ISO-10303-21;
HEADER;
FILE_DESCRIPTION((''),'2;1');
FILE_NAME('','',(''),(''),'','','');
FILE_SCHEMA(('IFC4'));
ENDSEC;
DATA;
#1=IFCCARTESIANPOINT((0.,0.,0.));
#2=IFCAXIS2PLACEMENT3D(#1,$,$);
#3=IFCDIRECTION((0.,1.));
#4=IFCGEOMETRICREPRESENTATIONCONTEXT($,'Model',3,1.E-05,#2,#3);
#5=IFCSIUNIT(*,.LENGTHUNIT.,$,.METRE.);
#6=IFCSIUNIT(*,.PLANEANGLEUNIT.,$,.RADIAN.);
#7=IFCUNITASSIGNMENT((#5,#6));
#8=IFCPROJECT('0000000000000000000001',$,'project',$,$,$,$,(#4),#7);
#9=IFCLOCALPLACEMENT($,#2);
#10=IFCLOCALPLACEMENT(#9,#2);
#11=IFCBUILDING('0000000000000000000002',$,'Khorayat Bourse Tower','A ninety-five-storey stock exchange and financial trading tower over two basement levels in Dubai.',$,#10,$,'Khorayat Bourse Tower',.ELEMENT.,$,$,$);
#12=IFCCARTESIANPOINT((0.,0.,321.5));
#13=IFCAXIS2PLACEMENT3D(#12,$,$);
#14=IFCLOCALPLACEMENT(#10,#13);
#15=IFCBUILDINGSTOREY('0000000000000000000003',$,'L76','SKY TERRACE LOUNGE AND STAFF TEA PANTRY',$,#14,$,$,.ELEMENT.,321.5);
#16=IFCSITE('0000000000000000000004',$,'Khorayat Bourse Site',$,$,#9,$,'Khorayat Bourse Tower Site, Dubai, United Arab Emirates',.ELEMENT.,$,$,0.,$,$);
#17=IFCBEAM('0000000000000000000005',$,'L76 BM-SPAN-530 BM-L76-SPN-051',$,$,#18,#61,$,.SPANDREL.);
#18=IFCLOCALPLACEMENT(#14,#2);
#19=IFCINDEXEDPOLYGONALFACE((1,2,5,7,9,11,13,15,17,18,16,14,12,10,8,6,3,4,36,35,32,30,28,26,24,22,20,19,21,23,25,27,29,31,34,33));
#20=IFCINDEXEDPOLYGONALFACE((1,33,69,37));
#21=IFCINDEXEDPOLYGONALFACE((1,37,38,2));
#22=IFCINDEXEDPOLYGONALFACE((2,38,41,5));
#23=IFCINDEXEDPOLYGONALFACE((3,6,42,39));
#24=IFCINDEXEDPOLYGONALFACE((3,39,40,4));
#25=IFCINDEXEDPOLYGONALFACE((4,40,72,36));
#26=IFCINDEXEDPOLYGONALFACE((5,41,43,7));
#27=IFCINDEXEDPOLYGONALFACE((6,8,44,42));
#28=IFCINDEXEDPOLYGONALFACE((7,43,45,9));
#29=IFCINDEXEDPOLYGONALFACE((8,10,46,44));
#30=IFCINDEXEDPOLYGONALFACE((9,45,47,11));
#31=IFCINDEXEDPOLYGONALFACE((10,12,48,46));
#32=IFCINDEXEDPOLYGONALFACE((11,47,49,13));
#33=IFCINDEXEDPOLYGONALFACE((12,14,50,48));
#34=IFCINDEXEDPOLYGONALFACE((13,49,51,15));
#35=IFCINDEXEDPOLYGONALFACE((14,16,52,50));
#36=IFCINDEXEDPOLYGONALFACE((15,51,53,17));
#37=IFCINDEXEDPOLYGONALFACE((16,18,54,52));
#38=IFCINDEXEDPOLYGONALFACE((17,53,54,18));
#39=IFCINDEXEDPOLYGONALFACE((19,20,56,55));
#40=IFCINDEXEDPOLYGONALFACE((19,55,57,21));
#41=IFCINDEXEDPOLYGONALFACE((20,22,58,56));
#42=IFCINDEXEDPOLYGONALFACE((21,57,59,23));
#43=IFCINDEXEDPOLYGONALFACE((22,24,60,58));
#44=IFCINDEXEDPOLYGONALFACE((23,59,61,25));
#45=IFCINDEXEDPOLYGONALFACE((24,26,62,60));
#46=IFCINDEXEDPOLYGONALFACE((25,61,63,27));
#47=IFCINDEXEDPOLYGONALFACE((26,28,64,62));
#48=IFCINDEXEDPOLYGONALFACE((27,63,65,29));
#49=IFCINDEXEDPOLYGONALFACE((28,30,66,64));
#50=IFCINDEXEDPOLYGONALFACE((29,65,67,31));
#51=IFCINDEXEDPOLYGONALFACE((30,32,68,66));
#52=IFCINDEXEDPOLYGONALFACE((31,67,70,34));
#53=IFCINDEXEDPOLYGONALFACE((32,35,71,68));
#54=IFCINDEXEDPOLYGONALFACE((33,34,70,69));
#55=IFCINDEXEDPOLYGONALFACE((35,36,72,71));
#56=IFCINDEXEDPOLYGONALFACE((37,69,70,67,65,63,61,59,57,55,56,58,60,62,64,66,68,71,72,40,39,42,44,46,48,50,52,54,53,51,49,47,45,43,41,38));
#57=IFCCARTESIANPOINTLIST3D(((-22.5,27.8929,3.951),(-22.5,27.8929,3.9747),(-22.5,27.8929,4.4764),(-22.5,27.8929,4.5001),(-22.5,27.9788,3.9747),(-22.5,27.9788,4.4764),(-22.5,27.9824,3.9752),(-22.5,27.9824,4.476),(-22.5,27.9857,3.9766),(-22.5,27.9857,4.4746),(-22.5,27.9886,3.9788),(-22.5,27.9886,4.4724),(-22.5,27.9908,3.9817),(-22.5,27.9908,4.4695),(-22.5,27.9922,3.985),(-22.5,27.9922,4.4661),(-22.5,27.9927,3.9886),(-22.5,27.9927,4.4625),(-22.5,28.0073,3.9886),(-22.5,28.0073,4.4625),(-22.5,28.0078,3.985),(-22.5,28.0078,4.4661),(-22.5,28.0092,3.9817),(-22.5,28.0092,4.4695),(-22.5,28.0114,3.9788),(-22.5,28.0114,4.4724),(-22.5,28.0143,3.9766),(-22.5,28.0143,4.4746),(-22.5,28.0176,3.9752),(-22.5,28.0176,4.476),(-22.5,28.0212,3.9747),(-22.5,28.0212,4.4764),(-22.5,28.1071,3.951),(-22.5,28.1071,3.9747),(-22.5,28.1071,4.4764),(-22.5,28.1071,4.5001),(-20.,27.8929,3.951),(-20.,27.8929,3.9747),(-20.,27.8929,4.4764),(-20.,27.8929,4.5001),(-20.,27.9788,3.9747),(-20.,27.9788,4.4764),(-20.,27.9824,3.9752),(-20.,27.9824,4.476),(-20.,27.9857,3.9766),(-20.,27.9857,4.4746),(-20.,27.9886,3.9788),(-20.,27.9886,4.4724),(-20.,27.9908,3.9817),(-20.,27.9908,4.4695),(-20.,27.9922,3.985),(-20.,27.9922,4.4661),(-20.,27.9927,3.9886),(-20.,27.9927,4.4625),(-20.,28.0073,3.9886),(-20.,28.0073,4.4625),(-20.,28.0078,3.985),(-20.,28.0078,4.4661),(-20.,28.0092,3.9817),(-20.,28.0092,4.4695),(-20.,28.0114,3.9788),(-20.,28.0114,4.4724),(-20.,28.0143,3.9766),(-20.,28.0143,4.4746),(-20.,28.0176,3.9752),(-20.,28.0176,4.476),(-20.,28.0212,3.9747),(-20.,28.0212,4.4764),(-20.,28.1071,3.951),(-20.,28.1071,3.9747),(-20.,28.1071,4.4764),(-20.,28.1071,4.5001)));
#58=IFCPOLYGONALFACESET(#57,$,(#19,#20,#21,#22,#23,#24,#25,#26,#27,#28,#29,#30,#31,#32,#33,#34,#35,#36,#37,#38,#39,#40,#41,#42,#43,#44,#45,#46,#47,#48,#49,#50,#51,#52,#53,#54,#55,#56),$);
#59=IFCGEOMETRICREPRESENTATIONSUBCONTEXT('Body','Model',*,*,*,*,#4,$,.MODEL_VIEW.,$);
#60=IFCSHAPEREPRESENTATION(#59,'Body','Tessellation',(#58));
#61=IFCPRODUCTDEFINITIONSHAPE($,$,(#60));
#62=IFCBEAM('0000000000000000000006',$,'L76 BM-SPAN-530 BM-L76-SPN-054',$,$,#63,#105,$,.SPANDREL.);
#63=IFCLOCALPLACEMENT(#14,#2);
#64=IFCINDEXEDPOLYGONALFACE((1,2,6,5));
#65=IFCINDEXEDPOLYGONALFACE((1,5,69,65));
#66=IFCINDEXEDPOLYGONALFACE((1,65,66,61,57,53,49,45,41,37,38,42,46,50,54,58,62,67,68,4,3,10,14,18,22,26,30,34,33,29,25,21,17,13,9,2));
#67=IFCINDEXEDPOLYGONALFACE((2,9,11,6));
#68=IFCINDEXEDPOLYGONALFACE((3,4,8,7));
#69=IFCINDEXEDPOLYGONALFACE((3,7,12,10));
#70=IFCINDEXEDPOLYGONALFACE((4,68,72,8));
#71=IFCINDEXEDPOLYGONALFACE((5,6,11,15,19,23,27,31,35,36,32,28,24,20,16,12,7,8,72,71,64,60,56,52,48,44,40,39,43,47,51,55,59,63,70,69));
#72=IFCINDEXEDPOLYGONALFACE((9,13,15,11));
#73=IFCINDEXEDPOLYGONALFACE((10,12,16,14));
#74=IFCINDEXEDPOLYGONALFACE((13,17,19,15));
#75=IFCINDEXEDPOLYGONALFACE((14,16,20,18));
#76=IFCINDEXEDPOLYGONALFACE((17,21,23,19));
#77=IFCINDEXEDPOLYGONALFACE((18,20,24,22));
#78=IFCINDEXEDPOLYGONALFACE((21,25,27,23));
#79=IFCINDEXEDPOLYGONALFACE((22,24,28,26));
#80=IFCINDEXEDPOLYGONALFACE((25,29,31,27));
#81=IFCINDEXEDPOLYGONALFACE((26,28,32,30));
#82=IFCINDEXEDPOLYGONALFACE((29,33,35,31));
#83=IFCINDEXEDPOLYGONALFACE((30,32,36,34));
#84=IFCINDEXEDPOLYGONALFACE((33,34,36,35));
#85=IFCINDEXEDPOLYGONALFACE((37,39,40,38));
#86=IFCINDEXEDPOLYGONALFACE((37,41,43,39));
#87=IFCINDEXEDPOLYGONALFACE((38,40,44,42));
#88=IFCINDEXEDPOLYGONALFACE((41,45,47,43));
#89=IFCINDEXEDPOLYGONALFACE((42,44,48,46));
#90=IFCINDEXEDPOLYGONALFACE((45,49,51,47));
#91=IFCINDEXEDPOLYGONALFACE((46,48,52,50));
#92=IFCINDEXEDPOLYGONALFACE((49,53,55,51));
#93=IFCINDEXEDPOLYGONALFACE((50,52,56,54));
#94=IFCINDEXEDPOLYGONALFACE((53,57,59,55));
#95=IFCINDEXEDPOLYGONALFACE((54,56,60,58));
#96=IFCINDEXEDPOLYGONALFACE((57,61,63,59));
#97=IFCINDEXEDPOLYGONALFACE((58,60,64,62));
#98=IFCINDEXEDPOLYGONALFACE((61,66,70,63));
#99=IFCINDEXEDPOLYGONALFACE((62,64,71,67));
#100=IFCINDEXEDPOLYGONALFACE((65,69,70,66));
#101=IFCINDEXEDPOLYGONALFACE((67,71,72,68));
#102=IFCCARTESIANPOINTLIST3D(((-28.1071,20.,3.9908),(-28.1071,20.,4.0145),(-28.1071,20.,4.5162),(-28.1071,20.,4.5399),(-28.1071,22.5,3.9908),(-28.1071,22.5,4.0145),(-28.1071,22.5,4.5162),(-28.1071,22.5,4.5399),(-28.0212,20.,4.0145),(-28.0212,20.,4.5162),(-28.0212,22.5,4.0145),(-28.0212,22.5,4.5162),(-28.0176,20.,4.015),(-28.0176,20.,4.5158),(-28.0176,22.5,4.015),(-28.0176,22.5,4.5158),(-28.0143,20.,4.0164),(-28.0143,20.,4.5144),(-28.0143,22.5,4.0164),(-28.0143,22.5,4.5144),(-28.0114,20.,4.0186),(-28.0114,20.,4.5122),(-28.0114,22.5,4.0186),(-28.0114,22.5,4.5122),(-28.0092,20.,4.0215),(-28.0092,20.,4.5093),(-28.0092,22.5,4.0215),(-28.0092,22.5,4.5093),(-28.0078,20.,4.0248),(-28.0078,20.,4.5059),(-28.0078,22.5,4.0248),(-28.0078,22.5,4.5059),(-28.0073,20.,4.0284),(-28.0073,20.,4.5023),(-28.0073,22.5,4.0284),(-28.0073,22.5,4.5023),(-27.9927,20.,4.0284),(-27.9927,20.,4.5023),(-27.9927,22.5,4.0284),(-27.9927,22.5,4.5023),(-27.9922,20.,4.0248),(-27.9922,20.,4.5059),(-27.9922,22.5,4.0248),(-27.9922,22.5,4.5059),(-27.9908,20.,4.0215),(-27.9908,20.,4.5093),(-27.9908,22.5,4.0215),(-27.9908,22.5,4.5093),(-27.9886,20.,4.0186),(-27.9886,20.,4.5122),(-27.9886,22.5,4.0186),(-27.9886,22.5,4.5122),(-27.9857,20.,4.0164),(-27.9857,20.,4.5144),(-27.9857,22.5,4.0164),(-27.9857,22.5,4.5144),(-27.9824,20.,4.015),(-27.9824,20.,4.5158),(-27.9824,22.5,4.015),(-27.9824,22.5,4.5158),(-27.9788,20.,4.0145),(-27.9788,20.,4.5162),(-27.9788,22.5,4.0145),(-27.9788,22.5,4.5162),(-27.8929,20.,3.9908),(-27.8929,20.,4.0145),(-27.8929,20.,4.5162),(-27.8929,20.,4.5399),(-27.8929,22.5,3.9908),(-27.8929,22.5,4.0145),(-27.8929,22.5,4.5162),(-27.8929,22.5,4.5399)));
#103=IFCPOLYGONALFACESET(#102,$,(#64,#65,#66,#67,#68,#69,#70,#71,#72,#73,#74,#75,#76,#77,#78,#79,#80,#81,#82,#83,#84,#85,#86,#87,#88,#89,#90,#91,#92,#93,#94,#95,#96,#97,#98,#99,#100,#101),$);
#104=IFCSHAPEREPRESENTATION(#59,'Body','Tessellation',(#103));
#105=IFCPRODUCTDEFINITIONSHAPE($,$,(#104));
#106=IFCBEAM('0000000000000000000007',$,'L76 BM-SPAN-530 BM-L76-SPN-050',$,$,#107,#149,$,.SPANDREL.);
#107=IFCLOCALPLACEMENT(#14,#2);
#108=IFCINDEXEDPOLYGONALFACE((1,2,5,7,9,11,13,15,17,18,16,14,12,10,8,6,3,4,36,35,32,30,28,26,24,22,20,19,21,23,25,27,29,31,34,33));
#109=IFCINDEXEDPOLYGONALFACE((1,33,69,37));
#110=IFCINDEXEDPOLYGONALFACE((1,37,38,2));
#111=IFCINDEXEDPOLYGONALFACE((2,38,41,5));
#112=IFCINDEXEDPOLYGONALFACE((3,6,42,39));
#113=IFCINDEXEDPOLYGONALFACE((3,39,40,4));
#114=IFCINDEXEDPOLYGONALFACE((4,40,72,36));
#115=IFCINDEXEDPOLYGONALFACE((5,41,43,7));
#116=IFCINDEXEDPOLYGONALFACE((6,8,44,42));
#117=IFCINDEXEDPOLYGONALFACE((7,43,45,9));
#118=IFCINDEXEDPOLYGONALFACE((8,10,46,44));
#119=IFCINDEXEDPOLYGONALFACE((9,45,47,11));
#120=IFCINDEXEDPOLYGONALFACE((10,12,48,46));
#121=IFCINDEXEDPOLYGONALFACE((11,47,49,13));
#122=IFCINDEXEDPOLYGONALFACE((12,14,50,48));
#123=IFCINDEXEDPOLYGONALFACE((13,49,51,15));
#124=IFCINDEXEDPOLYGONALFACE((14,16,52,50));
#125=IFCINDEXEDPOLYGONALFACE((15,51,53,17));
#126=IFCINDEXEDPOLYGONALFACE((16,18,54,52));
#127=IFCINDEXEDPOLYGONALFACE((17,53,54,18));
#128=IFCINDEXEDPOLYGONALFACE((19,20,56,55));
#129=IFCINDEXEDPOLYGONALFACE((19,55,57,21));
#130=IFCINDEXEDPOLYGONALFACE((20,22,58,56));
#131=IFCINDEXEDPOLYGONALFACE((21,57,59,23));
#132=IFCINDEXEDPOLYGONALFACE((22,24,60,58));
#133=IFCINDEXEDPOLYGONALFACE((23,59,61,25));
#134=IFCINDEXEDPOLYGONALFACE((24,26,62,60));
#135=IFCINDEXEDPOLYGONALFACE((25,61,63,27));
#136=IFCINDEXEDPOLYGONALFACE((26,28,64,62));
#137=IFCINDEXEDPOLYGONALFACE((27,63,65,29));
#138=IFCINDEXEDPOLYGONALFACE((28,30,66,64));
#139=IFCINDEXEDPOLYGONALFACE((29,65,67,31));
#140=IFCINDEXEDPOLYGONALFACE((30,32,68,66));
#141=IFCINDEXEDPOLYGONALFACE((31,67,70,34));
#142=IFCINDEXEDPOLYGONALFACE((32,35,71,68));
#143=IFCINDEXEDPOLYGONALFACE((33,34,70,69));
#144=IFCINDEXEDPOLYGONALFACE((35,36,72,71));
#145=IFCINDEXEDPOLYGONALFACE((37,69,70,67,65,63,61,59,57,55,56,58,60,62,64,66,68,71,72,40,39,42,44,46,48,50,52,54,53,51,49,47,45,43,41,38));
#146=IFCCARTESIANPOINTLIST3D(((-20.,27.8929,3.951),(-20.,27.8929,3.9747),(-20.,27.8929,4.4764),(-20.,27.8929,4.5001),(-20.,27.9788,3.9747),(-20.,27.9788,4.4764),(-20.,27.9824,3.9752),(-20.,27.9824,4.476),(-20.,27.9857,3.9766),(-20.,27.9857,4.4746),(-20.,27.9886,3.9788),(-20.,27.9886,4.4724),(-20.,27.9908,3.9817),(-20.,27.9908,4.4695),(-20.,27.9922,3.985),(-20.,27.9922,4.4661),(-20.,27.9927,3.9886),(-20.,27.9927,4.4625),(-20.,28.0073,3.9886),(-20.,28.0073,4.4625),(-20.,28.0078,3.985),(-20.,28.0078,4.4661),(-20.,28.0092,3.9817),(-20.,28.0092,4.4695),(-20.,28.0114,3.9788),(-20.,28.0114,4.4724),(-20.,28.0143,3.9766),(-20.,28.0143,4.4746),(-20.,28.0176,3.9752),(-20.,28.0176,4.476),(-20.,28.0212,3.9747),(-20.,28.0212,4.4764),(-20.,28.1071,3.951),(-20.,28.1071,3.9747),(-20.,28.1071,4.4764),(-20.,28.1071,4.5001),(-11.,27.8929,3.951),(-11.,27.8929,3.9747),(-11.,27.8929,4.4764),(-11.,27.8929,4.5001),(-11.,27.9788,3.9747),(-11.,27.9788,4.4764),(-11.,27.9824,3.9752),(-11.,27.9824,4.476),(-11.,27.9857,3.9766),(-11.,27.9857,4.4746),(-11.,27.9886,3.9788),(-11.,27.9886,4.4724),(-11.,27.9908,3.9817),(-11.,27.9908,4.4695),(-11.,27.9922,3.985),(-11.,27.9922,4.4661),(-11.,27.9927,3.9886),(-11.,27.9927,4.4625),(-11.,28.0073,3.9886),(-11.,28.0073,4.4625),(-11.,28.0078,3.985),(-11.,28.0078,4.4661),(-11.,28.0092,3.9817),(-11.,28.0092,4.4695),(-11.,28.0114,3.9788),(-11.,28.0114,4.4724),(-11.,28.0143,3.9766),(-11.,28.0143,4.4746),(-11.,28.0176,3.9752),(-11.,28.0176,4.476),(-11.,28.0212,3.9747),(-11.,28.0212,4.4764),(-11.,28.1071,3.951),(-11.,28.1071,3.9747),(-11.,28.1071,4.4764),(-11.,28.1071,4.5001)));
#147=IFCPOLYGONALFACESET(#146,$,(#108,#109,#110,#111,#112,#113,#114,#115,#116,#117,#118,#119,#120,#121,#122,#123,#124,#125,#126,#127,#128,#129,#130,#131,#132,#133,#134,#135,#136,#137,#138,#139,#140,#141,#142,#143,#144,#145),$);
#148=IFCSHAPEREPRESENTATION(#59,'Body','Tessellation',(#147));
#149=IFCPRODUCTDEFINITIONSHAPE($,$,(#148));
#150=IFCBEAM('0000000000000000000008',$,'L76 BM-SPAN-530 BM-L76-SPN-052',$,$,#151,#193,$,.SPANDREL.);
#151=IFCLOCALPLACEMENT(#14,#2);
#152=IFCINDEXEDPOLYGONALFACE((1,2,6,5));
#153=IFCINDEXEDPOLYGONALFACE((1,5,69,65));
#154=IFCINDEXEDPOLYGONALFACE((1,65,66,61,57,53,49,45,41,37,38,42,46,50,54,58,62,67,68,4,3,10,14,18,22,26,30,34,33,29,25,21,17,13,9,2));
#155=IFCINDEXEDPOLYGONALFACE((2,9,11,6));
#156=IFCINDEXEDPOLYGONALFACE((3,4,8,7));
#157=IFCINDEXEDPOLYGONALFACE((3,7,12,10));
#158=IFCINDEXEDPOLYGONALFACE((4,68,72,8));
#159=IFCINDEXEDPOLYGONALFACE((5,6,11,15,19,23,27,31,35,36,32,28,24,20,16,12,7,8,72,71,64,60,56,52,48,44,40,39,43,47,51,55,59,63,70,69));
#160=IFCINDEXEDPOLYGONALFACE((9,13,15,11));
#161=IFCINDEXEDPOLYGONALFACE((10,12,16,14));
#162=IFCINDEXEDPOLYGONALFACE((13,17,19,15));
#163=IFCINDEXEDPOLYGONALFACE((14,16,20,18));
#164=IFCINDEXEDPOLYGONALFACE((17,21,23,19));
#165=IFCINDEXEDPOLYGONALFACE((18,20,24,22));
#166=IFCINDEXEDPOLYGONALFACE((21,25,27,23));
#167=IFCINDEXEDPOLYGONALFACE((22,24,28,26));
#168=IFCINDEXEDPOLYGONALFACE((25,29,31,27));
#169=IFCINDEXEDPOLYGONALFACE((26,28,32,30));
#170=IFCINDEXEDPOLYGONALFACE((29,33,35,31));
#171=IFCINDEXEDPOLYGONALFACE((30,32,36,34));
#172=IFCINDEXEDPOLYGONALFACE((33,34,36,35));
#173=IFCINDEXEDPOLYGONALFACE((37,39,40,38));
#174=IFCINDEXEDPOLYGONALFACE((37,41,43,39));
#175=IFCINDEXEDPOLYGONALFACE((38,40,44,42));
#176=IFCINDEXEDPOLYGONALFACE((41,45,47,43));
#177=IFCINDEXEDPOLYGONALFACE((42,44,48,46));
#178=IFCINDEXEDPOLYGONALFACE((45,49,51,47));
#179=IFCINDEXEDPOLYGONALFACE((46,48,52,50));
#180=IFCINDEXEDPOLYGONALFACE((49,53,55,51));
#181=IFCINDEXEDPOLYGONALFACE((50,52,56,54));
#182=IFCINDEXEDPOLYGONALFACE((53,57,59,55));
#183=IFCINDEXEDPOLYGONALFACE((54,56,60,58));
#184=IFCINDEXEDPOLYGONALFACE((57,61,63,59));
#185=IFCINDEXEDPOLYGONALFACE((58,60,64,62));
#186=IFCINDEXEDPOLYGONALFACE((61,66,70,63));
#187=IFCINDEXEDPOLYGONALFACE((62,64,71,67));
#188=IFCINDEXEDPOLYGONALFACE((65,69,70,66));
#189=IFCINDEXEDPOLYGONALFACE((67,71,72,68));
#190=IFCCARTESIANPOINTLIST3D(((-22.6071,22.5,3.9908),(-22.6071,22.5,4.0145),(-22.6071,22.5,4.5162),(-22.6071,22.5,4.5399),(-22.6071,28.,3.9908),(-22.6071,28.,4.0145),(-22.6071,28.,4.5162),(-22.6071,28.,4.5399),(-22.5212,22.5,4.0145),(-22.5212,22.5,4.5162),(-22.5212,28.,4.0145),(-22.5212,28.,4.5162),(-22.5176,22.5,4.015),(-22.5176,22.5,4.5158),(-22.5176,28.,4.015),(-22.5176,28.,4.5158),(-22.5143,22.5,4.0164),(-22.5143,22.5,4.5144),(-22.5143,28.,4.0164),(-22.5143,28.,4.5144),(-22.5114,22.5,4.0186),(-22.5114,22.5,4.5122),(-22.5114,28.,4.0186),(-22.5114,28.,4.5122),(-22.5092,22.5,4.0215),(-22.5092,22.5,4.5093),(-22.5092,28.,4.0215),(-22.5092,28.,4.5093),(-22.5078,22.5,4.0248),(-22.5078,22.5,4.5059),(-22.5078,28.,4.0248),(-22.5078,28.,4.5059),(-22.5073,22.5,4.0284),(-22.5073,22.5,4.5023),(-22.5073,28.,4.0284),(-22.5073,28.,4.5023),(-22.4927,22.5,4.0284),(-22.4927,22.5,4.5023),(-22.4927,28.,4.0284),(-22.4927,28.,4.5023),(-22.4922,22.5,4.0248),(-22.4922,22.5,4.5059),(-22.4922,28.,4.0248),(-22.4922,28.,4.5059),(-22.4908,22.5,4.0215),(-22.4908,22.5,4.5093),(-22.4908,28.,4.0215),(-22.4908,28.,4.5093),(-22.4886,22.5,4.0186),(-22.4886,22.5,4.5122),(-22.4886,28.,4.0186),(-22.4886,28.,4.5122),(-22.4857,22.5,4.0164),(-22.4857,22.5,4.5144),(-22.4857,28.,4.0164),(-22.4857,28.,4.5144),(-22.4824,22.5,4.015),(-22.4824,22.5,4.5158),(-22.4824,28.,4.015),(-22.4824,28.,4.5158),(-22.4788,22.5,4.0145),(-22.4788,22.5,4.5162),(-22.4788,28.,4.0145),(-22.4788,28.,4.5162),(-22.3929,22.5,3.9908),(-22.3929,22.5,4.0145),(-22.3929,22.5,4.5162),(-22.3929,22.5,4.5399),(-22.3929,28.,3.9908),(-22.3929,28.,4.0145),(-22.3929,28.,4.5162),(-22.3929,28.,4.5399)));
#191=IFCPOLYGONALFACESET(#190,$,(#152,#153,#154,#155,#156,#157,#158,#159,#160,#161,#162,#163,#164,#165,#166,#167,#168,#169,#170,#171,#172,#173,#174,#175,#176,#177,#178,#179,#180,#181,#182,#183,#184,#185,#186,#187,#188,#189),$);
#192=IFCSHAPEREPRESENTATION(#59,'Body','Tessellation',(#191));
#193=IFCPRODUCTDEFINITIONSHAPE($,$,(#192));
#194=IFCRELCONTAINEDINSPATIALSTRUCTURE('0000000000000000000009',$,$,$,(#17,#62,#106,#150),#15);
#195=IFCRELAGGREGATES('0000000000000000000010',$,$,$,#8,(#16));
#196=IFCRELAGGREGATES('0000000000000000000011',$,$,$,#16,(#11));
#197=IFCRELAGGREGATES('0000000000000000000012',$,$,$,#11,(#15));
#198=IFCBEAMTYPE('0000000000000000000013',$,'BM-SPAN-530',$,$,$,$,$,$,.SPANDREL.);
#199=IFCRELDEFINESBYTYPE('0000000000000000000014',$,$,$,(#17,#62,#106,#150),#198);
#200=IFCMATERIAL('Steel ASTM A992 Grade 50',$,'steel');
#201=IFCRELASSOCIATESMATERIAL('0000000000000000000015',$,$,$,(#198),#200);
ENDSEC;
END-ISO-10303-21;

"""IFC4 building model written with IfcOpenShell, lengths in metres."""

from ifc_helpers import new_model, si_unit, direction, frame, origin, origin_2d, place, context, subcontext, project, spatial, i_section, extrude, source, transform, mapped, material, material_profile, profile_set, type_object, element, save


model = new_model("IFC4")

# Units and contexts
model_context = context("Model", 3, precision=1e-05, world=origin(), true_north=direction((0.0, 1.0)))
body_context = subcontext(model_context, "Body", "Model", "MODEL_VIEW")
ifc_project = project(units=[si_unit("LENGTHUNIT", "METRE"), si_unit("PLANEANGLEUNIT", "RADIAN")], contexts=[model_context])

# Site, building, storey
site_placement = place(None, origin())
site = spatial("IfcSite", under=ifc_project, at=site_placement, Name="Khorayat Bourse Site", LongName="Khorayat Bourse Tower Site, Dubai, United Arab Emirates", CompositionType="ELEMENT", RefElevation=0.0)
building_placement = place(site_placement, origin())
building = spatial("IfcBuilding", under=site, at=building_placement, Name="Khorayat Bourse Tower", Description="A ninety-five-storey stock exchange and financial trading tower over two basement levels in Dubai.", LongName="Khorayat Bourse Tower", CompositionType="ELEMENT")
storey_placement = place(building_placement, frame((0.0, 0.0, 321.5)))
storey = spatial("IfcBuildingStorey", under=building, at=storey_placement, Name="L76", Description="SKY TERRACE LOUNGE AND STAFF TEA PANTRY", CompositionType="ELEMENT", Elevation=321.5)

# Beams
ifc_material_1 = material(Name="Steel ASTM A992 Grade 50", Category="steel")
ifc_material_profile_1 = material_profile(ifc_material_1, i_section(OverallWidth=0.2141, OverallDepth=0.5491, WebThickness=0.0146, FlangeThickness=0.0237, FilletRadius=0.0139, at=origin_2d()), Name="W530X138")
ifc_profile_set_1 = profile_set([ifc_material_profile_1], Name="Steel ASTM A992 Grade 50")
beam_type_1 = type_object("IfcBeamType", Name="BM-SPAN-530", PredefinedType="SPANDREL", material=ifc_profile_set_1)
shared_shape_1 = source(origin(), body_context, "Body", "SweptSolid", [
    extrude(i_section(OverallWidth=0.2141, OverallDepth=0.5491, WebThickness=0.0146, FlangeThickness=0.0237, FilletRadius=0.0139, at=origin_2d()), origin(), (0.0, 0.0, 1.0), 2.5),
])
for number, where, z_axis, x_axis, name in (
    (1, (-22.5, 28.0, 4.2256), (1.0, 0.0, 0.0), (0.0, 1.0, 0.0), "L76 BM-SPAN-530 BM-L76-SPN-051"),
    (2, (-28.0, 20.0, 4.2654), (0.0, 1.0, 0.0), (-1.0, 0.0, 0.0), "L76 BM-SPAN-530 BM-L76-SPN-054"),
):
    element("IfcBeam", number, at=place(storey_placement, frame(where, z_axis=z_axis, x_axis=x_axis)), inside=storey, type_object=beam_type_1, Name=name, PredefinedType="SPANDREL", context=body_context, shape_type="MappedRepresentation", body=[
        mapped(shared_shape_1, transform((0.0, 0.0, 0.0), scale=1.0)),
    ])
shared_shape_2 = source(origin(), body_context, "Body", "SweptSolid", [
    extrude(i_section(OverallWidth=0.2141, OverallDepth=0.5491, WebThickness=0.0146, FlangeThickness=0.0237, FilletRadius=0.0139, at=origin_2d()), origin(), (0.0, 0.0, 1.0), 9.0),
])
beam_1_placement = place(storey_placement, frame((-20.0, 28.0, 4.2256), z_axis=(1.0, 0.0, 0.0), x_axis=(0.0, 1.0, 0.0)))
element("IfcBeam", 3, at=beam_1_placement, inside=storey, type_object=beam_type_1, Name="L76 BM-SPAN-530 BM-L76-SPN-050", PredefinedType="SPANDREL", context=body_context, shape_type="MappedRepresentation", body=[
    mapped(shared_shape_2, transform((0.0, 0.0, 0.0), scale=1.0)),
])
shared_shape_3 = source(origin(), body_context, "Body", "SweptSolid", [
    extrude(i_section(OverallWidth=0.2141, OverallDepth=0.5491, WebThickness=0.0146, FlangeThickness=0.0237, FilletRadius=0.0139, at=origin_2d()), origin(), (0.0, 0.0, 1.0), 5.5),
])
for number, where, z_axis, x_axis, name in (
    (4, (-22.5, 22.5, 4.2654), (0.0, 1.0, 0.0), (-1.0, 0.0, 0.0), "L76 BM-SPAN-530 BM-L76-SPN-052"),
):
    element("IfcBeam", number, at=place(storey_placement, frame(where, z_axis=z_axis, x_axis=x_axis)), inside=storey, type_object=beam_type_1, Name=name, PredefinedType="SPANDREL", context=body_context, shape_type="MappedRepresentation", body=[
        mapped(shared_shape_3, transform((0.0, 0.0, 0.0), scale=1.0)),
    ])

save(model, "model.ifc")
